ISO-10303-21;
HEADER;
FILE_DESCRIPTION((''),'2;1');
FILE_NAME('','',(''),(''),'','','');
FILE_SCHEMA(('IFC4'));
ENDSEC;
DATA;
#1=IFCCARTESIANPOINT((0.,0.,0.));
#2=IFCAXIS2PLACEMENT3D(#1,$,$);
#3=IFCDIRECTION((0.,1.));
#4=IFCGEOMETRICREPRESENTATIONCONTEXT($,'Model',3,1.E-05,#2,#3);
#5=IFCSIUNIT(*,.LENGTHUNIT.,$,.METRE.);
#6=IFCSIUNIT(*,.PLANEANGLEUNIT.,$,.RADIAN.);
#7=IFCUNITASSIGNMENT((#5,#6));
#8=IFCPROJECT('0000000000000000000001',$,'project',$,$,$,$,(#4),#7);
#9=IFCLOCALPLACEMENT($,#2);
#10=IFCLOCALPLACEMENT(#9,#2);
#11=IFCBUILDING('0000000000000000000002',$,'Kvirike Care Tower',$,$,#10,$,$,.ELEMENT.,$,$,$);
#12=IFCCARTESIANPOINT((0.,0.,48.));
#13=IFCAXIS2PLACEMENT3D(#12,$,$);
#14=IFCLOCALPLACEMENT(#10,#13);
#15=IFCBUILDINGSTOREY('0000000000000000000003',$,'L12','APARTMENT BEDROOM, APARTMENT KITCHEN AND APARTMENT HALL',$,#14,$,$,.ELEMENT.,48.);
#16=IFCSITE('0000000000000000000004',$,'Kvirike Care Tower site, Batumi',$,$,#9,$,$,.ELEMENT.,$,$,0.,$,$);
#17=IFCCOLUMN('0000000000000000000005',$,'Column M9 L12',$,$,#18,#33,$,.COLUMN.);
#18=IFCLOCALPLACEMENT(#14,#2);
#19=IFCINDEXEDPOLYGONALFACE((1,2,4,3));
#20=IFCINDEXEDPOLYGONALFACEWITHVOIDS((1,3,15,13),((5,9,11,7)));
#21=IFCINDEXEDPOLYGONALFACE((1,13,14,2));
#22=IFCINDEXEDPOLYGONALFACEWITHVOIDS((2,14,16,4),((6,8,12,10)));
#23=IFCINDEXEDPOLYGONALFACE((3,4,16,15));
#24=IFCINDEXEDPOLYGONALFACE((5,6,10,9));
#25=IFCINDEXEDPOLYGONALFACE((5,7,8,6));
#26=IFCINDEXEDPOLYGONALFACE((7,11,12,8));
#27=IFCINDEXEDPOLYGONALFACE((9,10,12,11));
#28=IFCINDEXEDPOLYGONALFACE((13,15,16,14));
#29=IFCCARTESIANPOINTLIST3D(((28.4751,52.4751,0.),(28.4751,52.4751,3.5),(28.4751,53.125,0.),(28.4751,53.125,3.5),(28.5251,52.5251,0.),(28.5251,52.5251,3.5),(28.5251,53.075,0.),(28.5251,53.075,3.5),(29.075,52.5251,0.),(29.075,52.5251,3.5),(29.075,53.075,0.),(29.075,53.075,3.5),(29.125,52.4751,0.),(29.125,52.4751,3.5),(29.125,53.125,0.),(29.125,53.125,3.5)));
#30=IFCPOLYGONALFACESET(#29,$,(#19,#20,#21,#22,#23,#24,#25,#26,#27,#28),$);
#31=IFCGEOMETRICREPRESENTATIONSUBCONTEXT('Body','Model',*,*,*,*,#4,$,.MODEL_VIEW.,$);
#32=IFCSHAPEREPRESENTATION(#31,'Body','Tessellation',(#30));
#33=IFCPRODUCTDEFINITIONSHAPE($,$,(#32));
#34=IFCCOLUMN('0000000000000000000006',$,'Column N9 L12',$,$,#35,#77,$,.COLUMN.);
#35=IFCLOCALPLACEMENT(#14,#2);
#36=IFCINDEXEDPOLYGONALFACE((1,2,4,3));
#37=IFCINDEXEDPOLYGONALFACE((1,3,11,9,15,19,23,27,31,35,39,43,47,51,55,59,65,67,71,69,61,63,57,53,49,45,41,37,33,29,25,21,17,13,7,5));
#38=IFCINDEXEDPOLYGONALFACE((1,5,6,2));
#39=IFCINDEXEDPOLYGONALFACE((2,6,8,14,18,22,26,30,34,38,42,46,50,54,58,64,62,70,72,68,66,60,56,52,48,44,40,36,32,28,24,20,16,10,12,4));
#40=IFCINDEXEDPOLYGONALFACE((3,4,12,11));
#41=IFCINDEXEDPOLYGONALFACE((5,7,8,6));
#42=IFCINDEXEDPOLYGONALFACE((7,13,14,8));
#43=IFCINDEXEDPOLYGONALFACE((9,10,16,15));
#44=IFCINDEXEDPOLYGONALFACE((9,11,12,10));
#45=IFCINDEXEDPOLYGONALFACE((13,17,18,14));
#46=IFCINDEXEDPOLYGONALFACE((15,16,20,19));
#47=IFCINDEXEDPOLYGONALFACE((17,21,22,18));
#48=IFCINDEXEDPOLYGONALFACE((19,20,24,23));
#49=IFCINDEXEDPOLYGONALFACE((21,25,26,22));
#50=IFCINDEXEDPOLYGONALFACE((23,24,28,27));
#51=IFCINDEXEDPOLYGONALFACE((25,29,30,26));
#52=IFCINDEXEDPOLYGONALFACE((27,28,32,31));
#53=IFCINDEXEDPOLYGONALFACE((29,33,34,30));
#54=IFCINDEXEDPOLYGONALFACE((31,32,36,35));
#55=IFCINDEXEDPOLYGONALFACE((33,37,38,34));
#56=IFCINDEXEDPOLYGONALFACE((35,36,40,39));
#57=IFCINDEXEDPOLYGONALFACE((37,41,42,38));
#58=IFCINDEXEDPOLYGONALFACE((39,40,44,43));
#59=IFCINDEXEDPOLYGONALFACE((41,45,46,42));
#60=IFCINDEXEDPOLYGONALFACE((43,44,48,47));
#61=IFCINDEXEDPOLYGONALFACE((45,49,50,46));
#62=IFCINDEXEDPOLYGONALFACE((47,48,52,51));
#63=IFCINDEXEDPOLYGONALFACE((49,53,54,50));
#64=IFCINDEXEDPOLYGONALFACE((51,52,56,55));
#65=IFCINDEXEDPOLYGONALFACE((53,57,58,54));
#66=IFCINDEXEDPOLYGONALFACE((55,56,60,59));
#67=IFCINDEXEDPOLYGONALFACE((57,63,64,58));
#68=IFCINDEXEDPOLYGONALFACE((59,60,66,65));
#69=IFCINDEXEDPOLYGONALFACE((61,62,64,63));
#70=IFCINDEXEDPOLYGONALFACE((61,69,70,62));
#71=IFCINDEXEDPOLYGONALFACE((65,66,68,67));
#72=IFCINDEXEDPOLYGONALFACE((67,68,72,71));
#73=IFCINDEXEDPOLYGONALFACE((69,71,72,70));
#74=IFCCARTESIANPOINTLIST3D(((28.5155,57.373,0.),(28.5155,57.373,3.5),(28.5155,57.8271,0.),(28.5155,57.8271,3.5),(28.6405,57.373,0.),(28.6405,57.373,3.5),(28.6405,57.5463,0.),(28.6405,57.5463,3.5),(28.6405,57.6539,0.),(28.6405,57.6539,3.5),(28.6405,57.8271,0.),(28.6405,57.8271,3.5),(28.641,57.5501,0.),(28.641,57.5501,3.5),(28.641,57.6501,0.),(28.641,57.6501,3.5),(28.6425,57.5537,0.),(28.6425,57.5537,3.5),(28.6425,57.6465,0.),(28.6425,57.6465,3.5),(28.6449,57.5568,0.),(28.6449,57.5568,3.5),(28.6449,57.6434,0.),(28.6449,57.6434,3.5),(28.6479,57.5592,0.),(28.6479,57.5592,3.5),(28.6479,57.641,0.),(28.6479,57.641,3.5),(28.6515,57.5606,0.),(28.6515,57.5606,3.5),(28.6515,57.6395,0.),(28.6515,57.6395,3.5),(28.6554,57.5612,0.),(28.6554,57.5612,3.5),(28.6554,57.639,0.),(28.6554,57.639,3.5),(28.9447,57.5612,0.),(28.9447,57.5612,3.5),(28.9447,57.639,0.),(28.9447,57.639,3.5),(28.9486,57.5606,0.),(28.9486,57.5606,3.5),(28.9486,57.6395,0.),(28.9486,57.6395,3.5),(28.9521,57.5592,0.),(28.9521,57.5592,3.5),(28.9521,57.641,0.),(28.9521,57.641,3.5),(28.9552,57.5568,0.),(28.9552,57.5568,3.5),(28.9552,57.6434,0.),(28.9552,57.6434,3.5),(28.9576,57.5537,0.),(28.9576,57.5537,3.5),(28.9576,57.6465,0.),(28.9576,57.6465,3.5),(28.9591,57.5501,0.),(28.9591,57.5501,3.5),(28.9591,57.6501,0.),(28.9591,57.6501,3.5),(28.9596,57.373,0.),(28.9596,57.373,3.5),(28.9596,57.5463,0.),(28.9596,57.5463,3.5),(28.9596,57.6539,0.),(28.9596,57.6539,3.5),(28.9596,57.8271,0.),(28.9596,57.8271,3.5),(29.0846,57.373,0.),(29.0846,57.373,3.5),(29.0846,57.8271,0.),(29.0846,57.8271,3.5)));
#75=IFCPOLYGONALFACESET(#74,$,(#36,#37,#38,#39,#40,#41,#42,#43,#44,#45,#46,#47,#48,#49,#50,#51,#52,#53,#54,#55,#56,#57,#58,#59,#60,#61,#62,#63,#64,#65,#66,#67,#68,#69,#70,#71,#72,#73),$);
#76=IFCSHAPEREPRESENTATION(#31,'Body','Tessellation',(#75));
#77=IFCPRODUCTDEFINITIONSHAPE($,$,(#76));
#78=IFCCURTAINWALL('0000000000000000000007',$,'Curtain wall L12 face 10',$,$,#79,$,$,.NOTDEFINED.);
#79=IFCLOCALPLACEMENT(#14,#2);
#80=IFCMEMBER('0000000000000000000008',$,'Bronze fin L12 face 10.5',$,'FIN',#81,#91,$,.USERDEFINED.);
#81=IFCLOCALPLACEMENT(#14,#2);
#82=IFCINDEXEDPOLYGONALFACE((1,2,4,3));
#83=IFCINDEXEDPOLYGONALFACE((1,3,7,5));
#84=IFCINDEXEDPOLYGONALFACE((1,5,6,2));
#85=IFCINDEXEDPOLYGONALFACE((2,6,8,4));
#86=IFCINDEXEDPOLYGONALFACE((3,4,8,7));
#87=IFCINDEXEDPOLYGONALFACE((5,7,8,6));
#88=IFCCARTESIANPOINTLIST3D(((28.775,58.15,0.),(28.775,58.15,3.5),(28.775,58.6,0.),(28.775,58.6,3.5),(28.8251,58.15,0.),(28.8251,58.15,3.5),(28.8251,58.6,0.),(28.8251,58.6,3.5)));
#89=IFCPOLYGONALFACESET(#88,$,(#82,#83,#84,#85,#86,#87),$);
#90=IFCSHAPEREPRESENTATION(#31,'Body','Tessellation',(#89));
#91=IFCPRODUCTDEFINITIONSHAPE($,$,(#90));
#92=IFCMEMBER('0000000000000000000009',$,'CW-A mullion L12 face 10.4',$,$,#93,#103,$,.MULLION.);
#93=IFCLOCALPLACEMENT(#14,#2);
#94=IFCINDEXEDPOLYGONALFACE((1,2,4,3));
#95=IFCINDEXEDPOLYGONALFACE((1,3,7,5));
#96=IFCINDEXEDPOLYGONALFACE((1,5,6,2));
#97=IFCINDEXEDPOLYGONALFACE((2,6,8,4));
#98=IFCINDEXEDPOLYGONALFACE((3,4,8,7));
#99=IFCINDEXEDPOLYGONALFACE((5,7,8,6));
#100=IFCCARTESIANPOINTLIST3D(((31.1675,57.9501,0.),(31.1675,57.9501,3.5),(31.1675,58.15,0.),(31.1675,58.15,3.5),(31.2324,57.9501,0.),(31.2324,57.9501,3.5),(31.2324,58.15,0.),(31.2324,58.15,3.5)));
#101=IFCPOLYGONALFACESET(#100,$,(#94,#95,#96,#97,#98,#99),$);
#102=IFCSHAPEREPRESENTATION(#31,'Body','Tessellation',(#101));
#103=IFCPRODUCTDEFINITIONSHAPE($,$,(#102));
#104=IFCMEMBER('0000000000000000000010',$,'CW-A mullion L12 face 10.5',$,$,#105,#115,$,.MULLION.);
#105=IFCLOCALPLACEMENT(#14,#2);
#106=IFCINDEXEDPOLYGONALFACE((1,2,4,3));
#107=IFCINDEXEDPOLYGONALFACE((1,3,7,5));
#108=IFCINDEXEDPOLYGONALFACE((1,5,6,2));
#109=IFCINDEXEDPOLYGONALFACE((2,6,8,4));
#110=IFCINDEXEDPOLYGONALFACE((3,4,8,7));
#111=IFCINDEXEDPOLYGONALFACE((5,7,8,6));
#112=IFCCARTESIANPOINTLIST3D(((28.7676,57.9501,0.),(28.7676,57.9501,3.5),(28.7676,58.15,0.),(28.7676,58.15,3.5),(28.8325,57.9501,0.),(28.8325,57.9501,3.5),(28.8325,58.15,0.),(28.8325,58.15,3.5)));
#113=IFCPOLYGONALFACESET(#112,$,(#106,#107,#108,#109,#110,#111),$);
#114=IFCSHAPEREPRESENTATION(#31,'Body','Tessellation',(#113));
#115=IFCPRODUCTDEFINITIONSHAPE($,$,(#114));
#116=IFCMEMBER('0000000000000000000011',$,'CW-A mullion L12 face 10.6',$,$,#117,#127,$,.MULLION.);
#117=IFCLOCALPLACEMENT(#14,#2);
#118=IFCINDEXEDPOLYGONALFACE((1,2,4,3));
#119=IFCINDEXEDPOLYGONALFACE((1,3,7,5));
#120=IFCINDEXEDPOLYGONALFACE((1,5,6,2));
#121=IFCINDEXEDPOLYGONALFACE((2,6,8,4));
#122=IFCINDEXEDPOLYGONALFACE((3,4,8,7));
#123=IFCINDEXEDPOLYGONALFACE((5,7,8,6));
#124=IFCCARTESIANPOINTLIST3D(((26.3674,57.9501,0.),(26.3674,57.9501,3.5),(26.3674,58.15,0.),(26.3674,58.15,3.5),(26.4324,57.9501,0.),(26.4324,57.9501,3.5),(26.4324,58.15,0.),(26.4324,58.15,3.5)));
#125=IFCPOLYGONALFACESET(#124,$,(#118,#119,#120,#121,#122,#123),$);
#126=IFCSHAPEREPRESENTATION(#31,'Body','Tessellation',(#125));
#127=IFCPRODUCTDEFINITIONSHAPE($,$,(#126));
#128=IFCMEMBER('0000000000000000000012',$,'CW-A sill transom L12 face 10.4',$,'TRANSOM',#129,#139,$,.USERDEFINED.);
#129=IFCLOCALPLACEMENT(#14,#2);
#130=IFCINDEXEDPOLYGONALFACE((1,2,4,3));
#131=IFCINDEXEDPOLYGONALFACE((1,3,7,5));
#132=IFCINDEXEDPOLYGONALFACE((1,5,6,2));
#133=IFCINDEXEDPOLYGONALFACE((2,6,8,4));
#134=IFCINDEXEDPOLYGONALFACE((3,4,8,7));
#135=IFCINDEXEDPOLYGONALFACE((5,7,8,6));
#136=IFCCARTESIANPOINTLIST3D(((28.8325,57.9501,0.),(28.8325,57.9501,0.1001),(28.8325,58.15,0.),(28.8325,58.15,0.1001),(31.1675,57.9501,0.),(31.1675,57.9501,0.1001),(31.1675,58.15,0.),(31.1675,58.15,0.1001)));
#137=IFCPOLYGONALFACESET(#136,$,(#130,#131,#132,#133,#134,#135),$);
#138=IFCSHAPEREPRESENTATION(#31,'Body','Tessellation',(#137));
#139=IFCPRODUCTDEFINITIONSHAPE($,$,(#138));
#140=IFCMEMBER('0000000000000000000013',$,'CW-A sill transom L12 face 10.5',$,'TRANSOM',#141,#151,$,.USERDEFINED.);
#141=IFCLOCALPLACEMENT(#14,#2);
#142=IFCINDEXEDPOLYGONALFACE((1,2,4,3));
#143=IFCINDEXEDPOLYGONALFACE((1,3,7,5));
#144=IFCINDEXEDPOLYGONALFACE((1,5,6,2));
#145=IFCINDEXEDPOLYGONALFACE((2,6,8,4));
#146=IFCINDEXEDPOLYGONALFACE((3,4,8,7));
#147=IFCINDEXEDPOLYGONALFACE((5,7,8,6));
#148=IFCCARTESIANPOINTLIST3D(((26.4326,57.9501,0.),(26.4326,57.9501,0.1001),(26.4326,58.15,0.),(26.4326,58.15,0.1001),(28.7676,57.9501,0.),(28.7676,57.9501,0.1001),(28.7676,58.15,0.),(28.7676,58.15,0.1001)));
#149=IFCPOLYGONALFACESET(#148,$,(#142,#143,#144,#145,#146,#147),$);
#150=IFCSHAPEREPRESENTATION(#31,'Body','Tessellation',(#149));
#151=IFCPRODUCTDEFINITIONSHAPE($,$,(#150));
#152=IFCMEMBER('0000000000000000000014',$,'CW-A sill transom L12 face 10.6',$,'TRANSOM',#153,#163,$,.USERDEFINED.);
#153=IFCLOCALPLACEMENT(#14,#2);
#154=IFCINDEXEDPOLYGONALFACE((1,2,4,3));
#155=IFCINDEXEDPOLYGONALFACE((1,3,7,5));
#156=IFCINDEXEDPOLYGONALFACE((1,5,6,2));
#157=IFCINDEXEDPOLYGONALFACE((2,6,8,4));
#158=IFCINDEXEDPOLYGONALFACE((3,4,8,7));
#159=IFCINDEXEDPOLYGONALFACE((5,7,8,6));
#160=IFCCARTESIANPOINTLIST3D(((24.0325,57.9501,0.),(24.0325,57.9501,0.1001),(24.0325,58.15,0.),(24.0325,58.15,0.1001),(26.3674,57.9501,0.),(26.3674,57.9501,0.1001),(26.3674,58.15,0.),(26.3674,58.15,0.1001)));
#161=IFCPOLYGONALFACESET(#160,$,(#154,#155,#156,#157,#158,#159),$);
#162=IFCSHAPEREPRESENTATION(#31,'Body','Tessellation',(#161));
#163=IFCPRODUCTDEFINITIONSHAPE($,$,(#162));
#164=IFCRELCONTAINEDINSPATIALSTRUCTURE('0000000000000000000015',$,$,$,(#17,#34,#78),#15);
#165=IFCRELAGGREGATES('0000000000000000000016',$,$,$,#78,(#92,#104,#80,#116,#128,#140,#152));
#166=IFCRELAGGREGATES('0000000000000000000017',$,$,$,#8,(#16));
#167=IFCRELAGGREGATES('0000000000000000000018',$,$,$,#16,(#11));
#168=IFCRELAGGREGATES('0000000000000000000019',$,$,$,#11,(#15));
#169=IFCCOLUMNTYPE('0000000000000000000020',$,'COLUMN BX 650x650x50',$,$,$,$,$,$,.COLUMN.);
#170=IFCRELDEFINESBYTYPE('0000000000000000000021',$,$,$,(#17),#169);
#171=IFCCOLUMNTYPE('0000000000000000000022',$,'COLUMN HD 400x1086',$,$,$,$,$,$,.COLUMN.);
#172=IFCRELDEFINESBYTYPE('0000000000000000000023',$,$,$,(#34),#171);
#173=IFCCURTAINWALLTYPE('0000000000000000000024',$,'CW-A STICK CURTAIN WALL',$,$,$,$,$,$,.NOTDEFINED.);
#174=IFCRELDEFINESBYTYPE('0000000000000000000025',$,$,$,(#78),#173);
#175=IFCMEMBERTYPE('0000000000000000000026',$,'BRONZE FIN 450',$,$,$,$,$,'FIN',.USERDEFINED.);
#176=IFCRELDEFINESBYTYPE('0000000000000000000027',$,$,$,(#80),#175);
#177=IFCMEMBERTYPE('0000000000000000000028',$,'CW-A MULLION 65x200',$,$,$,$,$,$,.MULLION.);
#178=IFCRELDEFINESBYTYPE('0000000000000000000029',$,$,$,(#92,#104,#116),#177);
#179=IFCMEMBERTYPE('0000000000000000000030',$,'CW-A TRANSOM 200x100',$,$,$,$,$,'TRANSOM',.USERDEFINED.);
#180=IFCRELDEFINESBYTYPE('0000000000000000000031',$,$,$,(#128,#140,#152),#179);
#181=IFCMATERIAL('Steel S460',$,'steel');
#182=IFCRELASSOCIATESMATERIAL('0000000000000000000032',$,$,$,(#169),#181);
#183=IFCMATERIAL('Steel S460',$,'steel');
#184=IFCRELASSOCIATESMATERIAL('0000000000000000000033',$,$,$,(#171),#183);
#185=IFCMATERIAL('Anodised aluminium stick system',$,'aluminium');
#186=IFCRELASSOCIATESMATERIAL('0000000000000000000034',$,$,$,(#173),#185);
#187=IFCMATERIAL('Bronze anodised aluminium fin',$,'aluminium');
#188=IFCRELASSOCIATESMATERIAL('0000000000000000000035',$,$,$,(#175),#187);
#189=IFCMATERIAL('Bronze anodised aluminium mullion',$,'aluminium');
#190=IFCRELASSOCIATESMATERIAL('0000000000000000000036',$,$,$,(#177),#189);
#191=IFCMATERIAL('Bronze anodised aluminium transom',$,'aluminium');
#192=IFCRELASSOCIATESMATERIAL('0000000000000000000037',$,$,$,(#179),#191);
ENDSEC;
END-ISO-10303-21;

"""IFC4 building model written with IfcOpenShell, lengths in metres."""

from ifc_helpers import new_model, si_unit, direction, frame, origin, origin_2d, place, context, subcontext, project, spatial, rectangle, hollow_rectangle, i_section, extrude, material, material_profile, profile_set, type_object, element, aggregate, save


model = new_model("IFC4")

# Units and contexts
model_context = context("Model", 3, precision=1e-05, world=origin(), true_north=direction((0.0, 1.0)))
body_context = subcontext(model_context, "Body", "Model", "MODEL_VIEW")
ifc_project = project(units=[si_unit("LENGTHUNIT", "METRE"), si_unit("PLANEANGLEUNIT", "RADIAN")], contexts=[model_context])

# Site, building, storey
site_placement = place(None, origin())
site = spatial("IfcSite", under=ifc_project, at=site_placement, Name="Kvirike Care Tower site, Batumi", CompositionType="ELEMENT", RefElevation=0.0)
building_placement = place(site_placement, origin())
building = spatial("IfcBuilding", under=site, at=building_placement, Name="Kvirike Care Tower", CompositionType="ELEMENT")
storey_placement = place(building_placement, frame((0.0, 0.0, 48.0)))
storey = spatial("IfcBuildingStorey", under=building, at=storey_placement, Name="L12", Description="APARTMENT BEDROOM, APARTMENT KITCHEN AND APARTMENT HALL", CompositionType="ELEMENT", Elevation=48.0)

# Columns
ifc_material_1 = material(Name="Steel S460", Category="steel")
ifc_material_profile_1 = material_profile(ifc_material_1, hollow_rectangle(XDim=0.6499, YDim=0.6499, WallThickness=0.05, at=origin_2d()), Name="BX 650x650x50")
ifc_profile_set_1 = profile_set([ifc_material_profile_1], Name="Steel S460")
column_type_1 = type_object("IfcColumnType", Name="COLUMN BX 650x650x50", PredefinedType="COLUMN", material=ifc_profile_set_1)
column_1_placement = place(storey_placement, frame((28.8, 52.8, 0.0), z_axis=(0.0, 0.0, 1.0), x_axis=(1.0, 0.0, 0.0)))
element("IfcColumn", 1, at=column_1_placement, inside=storey, type_object=column_type_1, Name="Column M9 L12", PredefinedType="COLUMN", context=body_context, shape_type="SweptSolid", body=[
    extrude(hollow_rectangle(XDim=0.6499, YDim=0.6499, WallThickness=0.05, at=origin_2d()), origin(), (0.0, 0.0, 1.0), 3.5),
])
ifc_material_2 = material(Name="Steel S460", Category="steel")
ifc_material_profile_2 = material_profile(ifc_material_2, i_section(OverallWidth=0.4541, OverallDepth=0.5691, WebThickness=0.0779, FlangeThickness=0.125, FilletRadius=0.0149, at=origin_2d()), Name="HD 400x1086")
ifc_profile_set_2 = profile_set([ifc_material_profile_2], Name="Steel S460")
column_type_2 = type_object("IfcColumnType", Name="COLUMN HD 400x1086", PredefinedType="COLUMN", material=ifc_profile_set_2)
column_2_placement = place(storey_placement, frame((28.8, 57.6001, 0.0), z_axis=(0.0, 0.0, 1.0), x_axis=(0.0, 1.0, 0.0)))
element("IfcColumn", 2, at=column_2_placement, inside=storey, type_object=column_type_2, Name="Column N9 L12", PredefinedType="COLUMN", context=body_context, shape_type="SweptSolid", body=[
    extrude(i_section(OverallWidth=0.4541, OverallDepth=0.5691, WebThickness=0.0779, FlangeThickness=0.125, FilletRadius=0.0149, at=origin_2d()), origin(), (0.0, 0.0, 1.0), 3.5),
])

# Curtain wall, members
ifc_material_3 = material(Name="Anodised aluminium stick system", Category="aluminium")
curtain_wall_type = type_object("IfcCurtainWallType", Name="CW-A STICK CURTAIN WALL", PredefinedType="NOTDEFINED", material=ifc_material_3)
curtain_wall_placement = place(storey_placement, origin())
curtain_wall = element("IfcCurtainWall", 3, at=curtain_wall_placement, inside=storey, type_object=curtain_wall_type, Name="Curtain wall L12 face 10", PredefinedType="NOTDEFINED")
ifc_material_4 = material(Name="Bronze anodised aluminium fin", Category="aluminium")
ifc_material_profile_3 = material_profile(ifc_material_4, rectangle(XDim=0.05, YDim=0.45, at=origin_2d()), Name="BRONZE FIN 450")
ifc_profile_set_3 = profile_set([ifc_material_profile_3], Name="Bronze anodised aluminium fin")
member_type_1 = type_object("IfcMemberType", Name="BRONZE FIN 450", ElementType="FIN", PredefinedType="USERDEFINED", material=ifc_profile_set_3)
member_1_placement = place(storey_placement, frame((28.8, 58.375, 0.0), z_axis=(0.0, 0.0, 1.0), x_axis=(-1.0, 0.0, 0.0)))
member_1 = element("IfcMember", 4, at=member_1_placement, type_object=member_type_1, Name="Bronze fin L12 face 10.5", ObjectType="FIN", PredefinedType="USERDEFINED", context=body_context, shape_type="SweptSolid", body=[
    extrude(rectangle(XDim=0.05, YDim=0.45, at=origin_2d()), origin(), (0.0, 0.0, 1.0), 3.5),
])
ifc_material_5 = material(Name="Bronze anodised aluminium mullion", Category="aluminium")
ifc_material_profile_4 = material_profile(ifc_material_5, rectangle(XDim=0.0649, YDim=0.2, at=origin_2d()), Name="CW-A MULLION 65x200")
ifc_profile_set_4 = profile_set([ifc_material_profile_4], Name="Bronze anodised aluminium mullion")
member_type_2 = type_object("IfcMemberType", Name="CW-A MULLION 65x200", PredefinedType="MULLION", material=ifc_profile_set_4)
member_2_placement = place(storey_placement, frame((31.2, 58.05, 0.0), z_axis=(0.0, 0.0, 1.0), x_axis=(-1.0, 0.0, 0.0)))
member_2 = element("IfcMember", 5, at=member_2_placement, type_object=member_type_2, Name="CW-A mullion L12 face 10.4", PredefinedType="MULLION", context=body_context, shape_type="SweptSolid", body=[
    extrude(rectangle(XDim=0.0649, YDim=0.2, at=origin_2d()), origin(), (0.0, 0.0, 1.0), 3.5),
])
member_3_placement = place(storey_placement, frame((28.8, 58.05, 0.0), z_axis=(0.0, 0.0, 1.0), x_axis=(-1.0, 0.0, 0.0)))
member_3 = element("IfcMember", 6, at=member_3_placement, type_object=member_type_2, Name="CW-A mullion L12 face 10.5", PredefinedType="MULLION", context=body_context, shape_type="SweptSolid", body=[
    extrude(rectangle(XDim=0.0649, YDim=0.2, at=origin_2d()), origin(), (0.0, 0.0, 1.0), 3.5),
])
member_4_placement = place(storey_placement, frame((26.3999, 58.05, 0.0), z_axis=(0.0, 0.0, 1.0), x_axis=(-1.0, 0.0, 0.0)))
member_4 = element("IfcMember", 7, at=member_4_placement, type_object=member_type_2, Name="CW-A mullion L12 face 10.6", PredefinedType="MULLION", context=body_context, shape_type="SweptSolid", body=[
    extrude(rectangle(XDim=0.0649, YDim=0.2, at=origin_2d()), origin(), (0.0, 0.0, 1.0), 3.5),
])
ifc_material_6 = material(Name="Bronze anodised aluminium transom", Category="aluminium")
ifc_material_profile_5 = material_profile(ifc_material_6, rectangle(XDim=0.2, YDim=0.1001, at=origin_2d()), Name="CW-A TRANSOM 200x100")
ifc_profile_set_5 = profile_set([ifc_material_profile_5], Name="Bronze anodised aluminium transom")
member_type_3 = type_object("IfcMemberType", Name="CW-A TRANSOM 200x100", ElementType="TRANSOM", PredefinedType="USERDEFINED", material=ifc_profile_set_5)
member_5_placement = place(storey_placement, frame((31.1675, 58.05, 0.05), z_axis=(-1.0, 0.0, 0.0), x_axis=(0.0, -1.0, 0.0)))
member_5 = element("IfcMember", 8, at=member_5_placement, type_object=member_type_3, Name="CW-A sill transom L12 face 10.4", ObjectType="TRANSOM", PredefinedType="USERDEFINED", context=body_context, shape_type="SweptSolid", body=[
    extrude(rectangle(XDim=0.2, YDim=0.1001, at=origin_2d()), origin(), (0.0, 0.0, 1.0), 2.335),
])
member_6_placement = place(storey_placement, frame((28.7676, 58.05, 0.05), z_axis=(-1.0, 0.0, 0.0), x_axis=(0.0, -1.0, 0.0)))
member_6 = element("IfcMember", 9, at=member_6_placement, type_object=member_type_3, Name="CW-A sill transom L12 face 10.5", ObjectType="TRANSOM", PredefinedType="USERDEFINED", context=body_context, shape_type="SweptSolid", body=[
    extrude(rectangle(XDim=0.2, YDim=0.1001, at=origin_2d()), origin(), (0.0, 0.0, 1.0), 2.335),
])
member_7_placement = place(storey_placement, frame((26.3674, 58.05, 0.05), z_axis=(-1.0, 0.0, 0.0), x_axis=(0.0, -1.0, 0.0)))
member_7 = element("IfcMember", 10, at=member_7_placement, type_object=member_type_3, Name="CW-A sill transom L12 face 10.6", ObjectType="TRANSOM", PredefinedType="USERDEFINED", context=body_context, shape_type="SweptSolid", body=[
    extrude(rectangle(XDim=0.2, YDim=0.1001, at=origin_2d()), origin(), (0.0, 0.0, 1.0), 2.335),
])

aggregate(curtain_wall, [member_2, member_3, member_1, member_4, member_5, member_6, member_7])

save(model, "model.ifc")
